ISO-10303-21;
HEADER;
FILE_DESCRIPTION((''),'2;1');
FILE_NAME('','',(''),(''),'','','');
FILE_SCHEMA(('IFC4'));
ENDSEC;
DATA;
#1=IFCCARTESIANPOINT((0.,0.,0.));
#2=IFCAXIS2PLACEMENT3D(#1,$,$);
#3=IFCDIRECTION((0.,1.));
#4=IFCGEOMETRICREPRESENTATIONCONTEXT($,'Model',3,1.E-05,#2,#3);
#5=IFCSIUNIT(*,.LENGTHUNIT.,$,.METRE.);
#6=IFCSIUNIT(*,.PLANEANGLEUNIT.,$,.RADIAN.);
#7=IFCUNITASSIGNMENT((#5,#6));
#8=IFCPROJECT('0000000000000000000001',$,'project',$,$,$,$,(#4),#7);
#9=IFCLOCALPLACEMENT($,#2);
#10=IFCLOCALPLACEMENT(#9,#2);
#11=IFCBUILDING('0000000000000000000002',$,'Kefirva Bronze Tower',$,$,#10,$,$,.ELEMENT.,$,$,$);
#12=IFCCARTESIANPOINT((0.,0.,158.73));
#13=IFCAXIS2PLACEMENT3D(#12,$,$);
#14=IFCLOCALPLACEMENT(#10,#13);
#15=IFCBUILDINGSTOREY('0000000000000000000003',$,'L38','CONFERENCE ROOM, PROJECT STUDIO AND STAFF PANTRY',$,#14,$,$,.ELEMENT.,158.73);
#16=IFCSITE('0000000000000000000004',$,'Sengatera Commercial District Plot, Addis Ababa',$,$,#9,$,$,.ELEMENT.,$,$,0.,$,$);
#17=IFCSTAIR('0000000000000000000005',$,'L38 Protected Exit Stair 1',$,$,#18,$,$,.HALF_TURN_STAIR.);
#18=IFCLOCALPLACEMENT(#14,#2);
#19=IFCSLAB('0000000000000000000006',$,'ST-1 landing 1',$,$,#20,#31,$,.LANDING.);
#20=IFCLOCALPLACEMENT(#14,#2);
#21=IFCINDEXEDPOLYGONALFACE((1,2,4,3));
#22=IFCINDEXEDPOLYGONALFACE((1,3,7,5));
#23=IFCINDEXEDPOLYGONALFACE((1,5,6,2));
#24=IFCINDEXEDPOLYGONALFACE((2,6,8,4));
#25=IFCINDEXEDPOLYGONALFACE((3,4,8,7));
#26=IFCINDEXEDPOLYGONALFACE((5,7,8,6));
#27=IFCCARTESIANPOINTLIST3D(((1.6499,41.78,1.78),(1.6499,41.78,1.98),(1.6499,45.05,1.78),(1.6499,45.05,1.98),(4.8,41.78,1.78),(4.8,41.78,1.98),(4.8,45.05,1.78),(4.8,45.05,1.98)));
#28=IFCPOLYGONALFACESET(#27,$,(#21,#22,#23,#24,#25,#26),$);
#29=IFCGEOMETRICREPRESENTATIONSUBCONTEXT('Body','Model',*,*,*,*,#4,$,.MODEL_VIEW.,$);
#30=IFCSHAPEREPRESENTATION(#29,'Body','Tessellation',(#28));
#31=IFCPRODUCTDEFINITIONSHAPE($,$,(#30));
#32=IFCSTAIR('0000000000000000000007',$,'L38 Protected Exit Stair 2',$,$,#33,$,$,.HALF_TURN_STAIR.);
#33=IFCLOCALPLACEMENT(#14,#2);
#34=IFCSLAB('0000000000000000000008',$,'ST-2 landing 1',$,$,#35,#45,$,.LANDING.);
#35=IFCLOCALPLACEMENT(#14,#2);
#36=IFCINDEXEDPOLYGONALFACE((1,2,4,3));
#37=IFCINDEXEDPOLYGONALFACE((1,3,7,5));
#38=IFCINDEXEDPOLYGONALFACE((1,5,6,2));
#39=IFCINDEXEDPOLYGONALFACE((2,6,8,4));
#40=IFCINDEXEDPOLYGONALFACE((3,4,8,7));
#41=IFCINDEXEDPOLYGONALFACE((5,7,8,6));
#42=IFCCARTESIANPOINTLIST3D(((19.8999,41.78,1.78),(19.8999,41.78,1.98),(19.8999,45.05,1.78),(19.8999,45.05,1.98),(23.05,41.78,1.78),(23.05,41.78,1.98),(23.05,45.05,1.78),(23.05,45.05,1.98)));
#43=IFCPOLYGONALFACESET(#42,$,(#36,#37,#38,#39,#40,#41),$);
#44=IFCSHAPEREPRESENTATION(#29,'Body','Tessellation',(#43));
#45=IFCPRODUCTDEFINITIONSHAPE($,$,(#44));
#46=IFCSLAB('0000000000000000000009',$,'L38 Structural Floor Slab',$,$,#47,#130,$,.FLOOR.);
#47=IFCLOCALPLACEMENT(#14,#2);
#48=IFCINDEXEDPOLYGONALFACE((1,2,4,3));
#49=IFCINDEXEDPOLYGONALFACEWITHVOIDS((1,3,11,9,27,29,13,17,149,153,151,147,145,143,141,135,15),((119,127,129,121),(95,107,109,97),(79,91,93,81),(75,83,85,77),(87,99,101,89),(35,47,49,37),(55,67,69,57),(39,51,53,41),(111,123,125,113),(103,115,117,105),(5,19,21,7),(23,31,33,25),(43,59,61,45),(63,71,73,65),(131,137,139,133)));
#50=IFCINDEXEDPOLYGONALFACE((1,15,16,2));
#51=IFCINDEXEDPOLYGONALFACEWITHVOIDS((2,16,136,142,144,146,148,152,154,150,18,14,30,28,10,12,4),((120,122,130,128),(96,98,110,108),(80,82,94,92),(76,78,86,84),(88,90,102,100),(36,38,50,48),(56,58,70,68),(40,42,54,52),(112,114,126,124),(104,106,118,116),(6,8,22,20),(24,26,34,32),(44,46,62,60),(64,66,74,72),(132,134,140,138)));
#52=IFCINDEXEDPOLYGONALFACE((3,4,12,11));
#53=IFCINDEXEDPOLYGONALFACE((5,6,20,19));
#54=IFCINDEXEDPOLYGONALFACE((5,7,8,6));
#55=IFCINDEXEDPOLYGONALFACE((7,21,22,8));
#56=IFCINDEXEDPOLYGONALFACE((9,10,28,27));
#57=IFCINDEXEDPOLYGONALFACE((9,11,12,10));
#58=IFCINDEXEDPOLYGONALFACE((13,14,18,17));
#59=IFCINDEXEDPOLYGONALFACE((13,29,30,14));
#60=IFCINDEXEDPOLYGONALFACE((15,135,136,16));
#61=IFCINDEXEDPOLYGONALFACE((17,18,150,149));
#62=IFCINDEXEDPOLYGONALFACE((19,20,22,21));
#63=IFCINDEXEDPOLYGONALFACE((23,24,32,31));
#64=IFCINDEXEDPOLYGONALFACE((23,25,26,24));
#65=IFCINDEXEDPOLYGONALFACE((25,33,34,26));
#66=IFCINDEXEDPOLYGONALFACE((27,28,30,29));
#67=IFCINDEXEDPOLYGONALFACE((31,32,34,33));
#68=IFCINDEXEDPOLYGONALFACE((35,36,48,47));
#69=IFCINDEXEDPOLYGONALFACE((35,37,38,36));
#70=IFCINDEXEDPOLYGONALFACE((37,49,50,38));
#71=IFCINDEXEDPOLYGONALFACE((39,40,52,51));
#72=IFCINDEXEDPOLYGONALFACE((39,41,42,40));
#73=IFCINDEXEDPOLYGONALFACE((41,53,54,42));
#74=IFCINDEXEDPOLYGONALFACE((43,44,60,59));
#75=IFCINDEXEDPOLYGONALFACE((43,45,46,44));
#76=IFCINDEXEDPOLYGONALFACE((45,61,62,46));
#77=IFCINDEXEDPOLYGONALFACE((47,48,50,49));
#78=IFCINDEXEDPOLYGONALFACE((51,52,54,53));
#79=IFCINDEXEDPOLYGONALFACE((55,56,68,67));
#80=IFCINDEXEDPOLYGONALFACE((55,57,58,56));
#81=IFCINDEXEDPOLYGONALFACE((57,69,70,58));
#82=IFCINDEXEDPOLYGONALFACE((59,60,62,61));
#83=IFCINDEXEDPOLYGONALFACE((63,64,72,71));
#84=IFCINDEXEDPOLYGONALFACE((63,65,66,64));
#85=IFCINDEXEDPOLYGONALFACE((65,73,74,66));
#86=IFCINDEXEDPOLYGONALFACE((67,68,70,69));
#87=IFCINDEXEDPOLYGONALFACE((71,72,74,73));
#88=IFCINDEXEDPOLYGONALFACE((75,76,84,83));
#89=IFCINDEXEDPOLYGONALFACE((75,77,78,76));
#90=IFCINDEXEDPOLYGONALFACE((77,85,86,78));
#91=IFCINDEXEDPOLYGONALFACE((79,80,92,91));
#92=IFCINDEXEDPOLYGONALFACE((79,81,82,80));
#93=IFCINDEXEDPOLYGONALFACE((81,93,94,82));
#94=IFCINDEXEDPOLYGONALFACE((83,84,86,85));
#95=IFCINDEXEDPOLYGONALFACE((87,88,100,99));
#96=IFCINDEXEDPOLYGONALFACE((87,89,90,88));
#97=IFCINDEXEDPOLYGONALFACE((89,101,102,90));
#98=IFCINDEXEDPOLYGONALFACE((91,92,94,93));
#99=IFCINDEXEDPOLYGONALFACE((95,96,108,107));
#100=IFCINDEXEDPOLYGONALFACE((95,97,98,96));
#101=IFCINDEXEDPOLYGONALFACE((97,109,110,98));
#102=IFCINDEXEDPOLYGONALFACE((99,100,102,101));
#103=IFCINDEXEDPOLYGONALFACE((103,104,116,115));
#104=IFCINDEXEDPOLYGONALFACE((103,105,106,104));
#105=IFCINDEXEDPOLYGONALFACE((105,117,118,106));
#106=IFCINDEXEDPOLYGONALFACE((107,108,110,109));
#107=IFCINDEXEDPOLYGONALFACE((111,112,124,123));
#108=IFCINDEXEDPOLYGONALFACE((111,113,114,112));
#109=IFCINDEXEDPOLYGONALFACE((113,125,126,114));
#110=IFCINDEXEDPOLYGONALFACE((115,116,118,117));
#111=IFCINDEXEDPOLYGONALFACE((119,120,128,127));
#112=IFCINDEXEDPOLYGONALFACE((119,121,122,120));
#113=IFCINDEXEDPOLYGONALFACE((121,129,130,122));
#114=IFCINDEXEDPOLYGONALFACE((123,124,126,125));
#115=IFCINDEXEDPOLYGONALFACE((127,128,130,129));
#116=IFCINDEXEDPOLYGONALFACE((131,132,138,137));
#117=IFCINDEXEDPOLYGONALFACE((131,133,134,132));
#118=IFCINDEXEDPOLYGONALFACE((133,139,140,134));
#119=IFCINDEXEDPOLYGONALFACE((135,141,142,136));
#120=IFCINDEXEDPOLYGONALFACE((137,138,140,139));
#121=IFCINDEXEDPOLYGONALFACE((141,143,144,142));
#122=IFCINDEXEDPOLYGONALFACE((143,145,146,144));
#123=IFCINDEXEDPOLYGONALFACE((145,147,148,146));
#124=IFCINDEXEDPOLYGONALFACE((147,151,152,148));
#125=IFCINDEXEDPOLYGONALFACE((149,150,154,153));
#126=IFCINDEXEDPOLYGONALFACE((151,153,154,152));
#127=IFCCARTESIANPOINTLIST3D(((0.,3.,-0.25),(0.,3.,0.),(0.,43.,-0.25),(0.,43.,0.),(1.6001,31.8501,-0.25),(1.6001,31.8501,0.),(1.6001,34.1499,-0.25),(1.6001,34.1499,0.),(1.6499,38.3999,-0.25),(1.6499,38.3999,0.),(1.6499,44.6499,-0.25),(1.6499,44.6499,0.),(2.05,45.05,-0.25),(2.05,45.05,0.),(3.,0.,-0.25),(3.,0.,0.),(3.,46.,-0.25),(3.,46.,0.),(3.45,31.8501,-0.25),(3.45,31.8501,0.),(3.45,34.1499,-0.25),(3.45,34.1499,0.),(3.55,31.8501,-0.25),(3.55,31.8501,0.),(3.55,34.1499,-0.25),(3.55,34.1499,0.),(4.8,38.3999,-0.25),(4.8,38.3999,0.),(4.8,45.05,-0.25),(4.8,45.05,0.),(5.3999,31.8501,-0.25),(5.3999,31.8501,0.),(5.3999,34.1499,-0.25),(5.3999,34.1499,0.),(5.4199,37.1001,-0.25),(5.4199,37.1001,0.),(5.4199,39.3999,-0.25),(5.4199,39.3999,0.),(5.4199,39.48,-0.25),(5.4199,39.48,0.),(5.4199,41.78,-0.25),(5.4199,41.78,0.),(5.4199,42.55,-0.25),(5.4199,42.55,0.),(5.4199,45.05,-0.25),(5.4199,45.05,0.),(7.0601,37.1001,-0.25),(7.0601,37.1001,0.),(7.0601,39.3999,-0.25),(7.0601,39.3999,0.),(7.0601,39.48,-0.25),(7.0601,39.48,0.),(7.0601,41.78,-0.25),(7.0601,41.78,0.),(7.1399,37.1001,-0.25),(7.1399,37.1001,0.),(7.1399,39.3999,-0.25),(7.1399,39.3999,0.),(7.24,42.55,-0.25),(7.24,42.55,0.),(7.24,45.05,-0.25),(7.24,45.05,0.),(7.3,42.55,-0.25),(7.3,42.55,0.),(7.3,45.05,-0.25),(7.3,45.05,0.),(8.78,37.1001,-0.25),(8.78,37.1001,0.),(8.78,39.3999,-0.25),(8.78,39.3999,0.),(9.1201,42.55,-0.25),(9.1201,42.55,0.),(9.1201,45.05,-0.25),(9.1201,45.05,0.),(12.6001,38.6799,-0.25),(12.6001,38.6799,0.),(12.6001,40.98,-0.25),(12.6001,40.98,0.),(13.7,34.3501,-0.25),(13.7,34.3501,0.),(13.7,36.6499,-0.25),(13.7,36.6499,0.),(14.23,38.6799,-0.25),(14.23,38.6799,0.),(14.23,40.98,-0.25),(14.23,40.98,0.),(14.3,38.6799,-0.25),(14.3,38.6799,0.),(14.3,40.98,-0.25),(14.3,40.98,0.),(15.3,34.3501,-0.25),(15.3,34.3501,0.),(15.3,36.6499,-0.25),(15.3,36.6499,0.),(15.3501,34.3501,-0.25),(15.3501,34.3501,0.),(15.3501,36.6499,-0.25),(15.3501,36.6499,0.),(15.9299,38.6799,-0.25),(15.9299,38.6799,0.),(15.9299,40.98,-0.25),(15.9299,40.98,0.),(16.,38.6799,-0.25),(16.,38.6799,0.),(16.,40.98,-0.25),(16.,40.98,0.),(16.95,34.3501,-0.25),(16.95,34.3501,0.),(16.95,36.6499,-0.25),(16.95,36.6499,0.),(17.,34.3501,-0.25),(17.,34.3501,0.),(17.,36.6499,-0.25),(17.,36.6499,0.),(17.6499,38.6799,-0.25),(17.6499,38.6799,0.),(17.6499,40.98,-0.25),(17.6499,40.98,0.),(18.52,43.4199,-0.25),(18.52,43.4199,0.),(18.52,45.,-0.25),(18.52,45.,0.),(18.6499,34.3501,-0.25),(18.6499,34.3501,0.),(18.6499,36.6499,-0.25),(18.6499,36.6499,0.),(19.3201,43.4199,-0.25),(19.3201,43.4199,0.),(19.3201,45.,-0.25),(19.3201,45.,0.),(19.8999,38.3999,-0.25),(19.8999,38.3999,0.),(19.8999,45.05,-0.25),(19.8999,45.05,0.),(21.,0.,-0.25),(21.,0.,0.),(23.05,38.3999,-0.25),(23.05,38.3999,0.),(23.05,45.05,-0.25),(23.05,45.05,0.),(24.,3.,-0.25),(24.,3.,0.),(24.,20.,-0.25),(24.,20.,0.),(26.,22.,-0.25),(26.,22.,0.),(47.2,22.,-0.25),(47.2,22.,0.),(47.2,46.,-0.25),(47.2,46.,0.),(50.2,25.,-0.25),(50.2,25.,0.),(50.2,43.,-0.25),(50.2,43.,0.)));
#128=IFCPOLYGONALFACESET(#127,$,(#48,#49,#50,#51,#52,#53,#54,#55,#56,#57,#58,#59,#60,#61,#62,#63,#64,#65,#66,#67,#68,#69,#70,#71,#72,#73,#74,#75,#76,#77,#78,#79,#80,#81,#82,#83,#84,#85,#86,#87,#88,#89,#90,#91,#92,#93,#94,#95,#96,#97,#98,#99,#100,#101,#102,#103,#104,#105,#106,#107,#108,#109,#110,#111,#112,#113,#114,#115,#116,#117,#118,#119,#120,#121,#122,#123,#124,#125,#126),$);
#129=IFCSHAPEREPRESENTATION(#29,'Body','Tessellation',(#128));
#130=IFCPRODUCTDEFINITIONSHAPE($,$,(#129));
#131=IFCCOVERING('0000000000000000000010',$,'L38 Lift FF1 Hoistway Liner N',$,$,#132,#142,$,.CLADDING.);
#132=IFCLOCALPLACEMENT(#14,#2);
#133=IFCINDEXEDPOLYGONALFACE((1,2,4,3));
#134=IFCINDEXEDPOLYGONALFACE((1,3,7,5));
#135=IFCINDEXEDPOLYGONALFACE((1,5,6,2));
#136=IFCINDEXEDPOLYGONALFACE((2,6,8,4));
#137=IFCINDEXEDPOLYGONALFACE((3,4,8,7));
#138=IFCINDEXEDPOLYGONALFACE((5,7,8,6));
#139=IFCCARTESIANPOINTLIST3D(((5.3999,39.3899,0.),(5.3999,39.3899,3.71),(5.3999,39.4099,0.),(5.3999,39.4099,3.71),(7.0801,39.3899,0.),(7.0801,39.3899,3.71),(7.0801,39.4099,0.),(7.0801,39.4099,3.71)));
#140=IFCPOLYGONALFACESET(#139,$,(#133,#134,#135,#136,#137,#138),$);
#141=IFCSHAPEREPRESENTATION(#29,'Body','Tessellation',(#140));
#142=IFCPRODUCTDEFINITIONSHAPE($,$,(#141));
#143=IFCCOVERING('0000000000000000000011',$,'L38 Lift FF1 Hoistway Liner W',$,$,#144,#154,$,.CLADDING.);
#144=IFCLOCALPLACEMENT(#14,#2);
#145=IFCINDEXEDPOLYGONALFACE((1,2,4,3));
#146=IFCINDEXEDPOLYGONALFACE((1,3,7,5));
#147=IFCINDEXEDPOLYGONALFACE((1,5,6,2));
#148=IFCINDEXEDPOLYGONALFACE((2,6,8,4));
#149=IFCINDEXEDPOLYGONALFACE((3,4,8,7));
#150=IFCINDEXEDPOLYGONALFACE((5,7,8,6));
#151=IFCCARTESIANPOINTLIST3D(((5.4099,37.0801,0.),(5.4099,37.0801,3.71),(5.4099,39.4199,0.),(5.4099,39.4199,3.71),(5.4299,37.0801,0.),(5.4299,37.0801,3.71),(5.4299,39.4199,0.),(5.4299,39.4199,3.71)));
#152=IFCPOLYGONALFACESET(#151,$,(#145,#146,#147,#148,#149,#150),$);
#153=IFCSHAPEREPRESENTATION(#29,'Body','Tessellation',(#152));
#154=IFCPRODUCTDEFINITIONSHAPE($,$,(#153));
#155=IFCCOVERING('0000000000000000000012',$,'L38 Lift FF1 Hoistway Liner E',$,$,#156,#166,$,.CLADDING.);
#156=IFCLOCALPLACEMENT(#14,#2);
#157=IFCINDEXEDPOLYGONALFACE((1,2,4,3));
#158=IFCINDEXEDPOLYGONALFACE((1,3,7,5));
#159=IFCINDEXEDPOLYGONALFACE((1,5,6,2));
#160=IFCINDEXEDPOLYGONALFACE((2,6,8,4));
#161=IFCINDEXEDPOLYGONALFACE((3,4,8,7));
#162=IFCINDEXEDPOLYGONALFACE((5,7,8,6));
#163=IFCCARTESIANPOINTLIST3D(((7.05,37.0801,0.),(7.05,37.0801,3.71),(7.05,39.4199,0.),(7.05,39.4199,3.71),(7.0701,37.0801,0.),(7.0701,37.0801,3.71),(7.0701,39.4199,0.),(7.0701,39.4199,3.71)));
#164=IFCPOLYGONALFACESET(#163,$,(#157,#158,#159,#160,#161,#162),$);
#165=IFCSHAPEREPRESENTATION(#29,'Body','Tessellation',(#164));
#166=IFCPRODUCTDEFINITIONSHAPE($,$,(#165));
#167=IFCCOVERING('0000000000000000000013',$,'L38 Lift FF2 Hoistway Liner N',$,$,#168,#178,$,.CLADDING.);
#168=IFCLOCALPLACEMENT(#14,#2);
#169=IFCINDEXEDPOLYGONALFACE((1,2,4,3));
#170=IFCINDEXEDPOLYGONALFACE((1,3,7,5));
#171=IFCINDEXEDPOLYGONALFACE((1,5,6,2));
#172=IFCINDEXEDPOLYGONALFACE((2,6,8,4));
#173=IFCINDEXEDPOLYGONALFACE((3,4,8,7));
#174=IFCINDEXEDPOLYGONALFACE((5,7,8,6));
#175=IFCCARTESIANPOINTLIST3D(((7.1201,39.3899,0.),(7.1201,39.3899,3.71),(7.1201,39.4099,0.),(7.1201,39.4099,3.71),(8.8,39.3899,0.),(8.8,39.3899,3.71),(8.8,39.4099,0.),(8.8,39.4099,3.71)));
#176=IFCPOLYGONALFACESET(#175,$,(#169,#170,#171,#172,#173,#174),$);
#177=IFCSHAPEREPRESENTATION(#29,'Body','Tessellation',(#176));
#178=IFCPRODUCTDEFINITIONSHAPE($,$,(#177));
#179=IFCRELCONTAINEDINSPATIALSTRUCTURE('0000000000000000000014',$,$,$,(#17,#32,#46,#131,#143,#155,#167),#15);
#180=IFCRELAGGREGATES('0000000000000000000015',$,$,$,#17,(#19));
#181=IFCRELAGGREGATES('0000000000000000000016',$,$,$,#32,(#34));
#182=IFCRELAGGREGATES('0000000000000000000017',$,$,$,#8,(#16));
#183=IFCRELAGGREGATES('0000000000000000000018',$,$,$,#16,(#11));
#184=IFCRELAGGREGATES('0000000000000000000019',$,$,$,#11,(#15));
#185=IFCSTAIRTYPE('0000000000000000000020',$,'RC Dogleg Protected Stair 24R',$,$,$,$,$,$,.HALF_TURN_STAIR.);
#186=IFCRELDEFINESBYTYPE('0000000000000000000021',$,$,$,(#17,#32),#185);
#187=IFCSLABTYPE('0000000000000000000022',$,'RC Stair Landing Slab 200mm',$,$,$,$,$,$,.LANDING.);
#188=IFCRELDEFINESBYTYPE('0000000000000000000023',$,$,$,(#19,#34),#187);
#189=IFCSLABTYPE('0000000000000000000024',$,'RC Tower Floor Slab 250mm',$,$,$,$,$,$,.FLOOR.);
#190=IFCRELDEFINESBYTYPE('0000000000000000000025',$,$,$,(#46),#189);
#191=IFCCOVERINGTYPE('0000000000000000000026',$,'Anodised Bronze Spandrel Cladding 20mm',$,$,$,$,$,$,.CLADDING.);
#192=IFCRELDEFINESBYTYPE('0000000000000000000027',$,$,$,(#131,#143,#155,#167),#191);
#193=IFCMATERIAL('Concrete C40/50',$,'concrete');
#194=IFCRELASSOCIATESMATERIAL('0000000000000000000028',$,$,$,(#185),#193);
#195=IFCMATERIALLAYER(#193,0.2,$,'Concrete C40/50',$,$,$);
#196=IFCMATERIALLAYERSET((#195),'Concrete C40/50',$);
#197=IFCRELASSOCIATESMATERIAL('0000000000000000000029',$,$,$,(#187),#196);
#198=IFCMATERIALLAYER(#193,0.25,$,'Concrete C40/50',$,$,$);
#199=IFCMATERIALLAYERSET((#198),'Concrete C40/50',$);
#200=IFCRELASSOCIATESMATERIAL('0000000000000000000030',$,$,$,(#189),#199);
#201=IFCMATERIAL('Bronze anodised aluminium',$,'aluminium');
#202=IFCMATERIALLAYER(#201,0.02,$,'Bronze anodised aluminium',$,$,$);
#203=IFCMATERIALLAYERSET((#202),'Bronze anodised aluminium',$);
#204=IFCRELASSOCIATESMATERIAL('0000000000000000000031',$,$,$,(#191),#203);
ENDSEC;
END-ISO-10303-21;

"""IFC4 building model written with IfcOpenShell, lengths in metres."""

from ifc_helpers import new_model, si_unit, direction, frame, origin, place, context, subcontext, project, spatial, polyline, outline, extrude, material, layer, layer_set, type_object, element, aggregate, save


model = new_model("IFC4")

# Units and contexts
model_context = context("Model", 3, precision=1e-05, world=origin(), true_north=direction((0.0, 1.0)))
body_context = subcontext(model_context, "Body", "Model", "MODEL_VIEW")
ifc_project = project(units=[si_unit("LENGTHUNIT", "METRE"), si_unit("PLANEANGLEUNIT", "RADIAN")], contexts=[model_context])

# Site, building, storey
site_placement = place(None, origin())
site = spatial("IfcSite", under=ifc_project, at=site_placement, Name="Sengatera Commercial District Plot, Addis Ababa", CompositionType="ELEMENT", RefElevation=0.0)
building_placement = place(site_placement, origin())
building = spatial("IfcBuilding", under=site, at=building_placement, Name="Kefirva Bronze Tower", CompositionType="ELEMENT")
storey_placement = place(building_placement, frame((0.0, 0.0, 158.73)))
storey = spatial("IfcBuildingStorey", under=building, at=storey_placement, Name="L38", Description="CONFERENCE ROOM, PROJECT STUDIO AND STAFF PANTRY", CompositionType="ELEMENT", Elevation=158.73)

# Stairs, slabs
ifc_material_1 = material(Name="Concrete C40/50", Category="concrete")
stair_type = type_object("IfcStairType", Name="RC Dogleg Protected Stair 24R", PredefinedType="HALF_TURN_STAIR", material=ifc_material_1)
stair_1_placement = place(storey_placement, origin())
stair_1 = element("IfcStair", 1, at=stair_1_placement, inside=storey, type_object=stair_type, Name="L38 Protected Exit Stair 1", PredefinedType="HALF_TURN_STAIR")
ifc_layer_1 = layer(ifc_material_1, 0.2, Name="Concrete C40/50")
ifc_layer_set_1 = layer_set([ifc_layer_1], Name="Concrete C40/50")
slab_type_1 = type_object("IfcSlabType", Name="RC Stair Landing Slab 200mm", PredefinedType="LANDING", material=ifc_layer_set_1)
slab_1_placement = place(storey_placement, frame((0.0, 0.0, 1.78)))
slab_1 = element("IfcSlab", 2, at=slab_1_placement, type_object=slab_type_1, Name="ST-1 landing 1", PredefinedType="LANDING", context=body_context, shape_type="SweptSolid", body=[
    extrude(outline(polyline([(4.8, 41.78), (4.8, 45.05), (1.6499, 45.05), (1.6499, 41.78), (4.8, 41.78)])), origin(), (0.0, 0.0, 1.0), 0.2),
])
aggregate(stair_1, [slab_1])
stair_2_placement = place(storey_placement, origin())
stair_2 = element("IfcStair", 3, at=stair_2_placement, inside=storey, type_object=stair_type, Name="L38 Protected Exit Stair 2", PredefinedType="HALF_TURN_STAIR")
slab_2_placement = place(storey_placement, frame((0.0, 0.0, 1.78)))
slab_2 = element("IfcSlab", 4, at=slab_2_placement, type_object=slab_type_1, Name="ST-2 landing 1", PredefinedType="LANDING", context=body_context, shape_type="SweptSolid", body=[
    extrude(outline(polyline([(23.05, 41.78), (23.05, 45.05), (19.8999, 45.05), (19.8999, 41.78), (23.05, 41.78)])), origin(), (0.0, 0.0, 1.0), 0.2),
])
aggregate(stair_2, [slab_2])

# Slab
ifc_layer_2 = layer(ifc_material_1, 0.25, Name="Concrete C40/50")
ifc_layer_set_2 = layer_set([ifc_layer_2], Name="Concrete C40/50")
slab_type_2 = type_object("IfcSlabType", Name="RC Tower Floor Slab 250mm", PredefinedType="FLOOR", material=ifc_layer_set_2)
slab_3_placement = place(storey_placement, frame((0.0, 0.0, -0.25)))
element("IfcSlab", 5, at=slab_3_placement, inside=storey, type_object=slab_type_2, Name="L38 Structural Floor Slab", PredefinedType="FLOOR", context=body_context, shape_type="SweptSolid", body=[
    extrude(outline(polyline([(0.0, 3.0), (0.0, 43.0), (1.6499, 44.6499), (1.6499, 38.3999), (4.8, 38.3999), (4.8, 45.05), (2.05, 45.05), (3.0, 46.0), (47.2, 46.0), (50.2, 43.0), (50.2, 25.0), (47.2, 22.0), (26.0, 22.0), (24.0, 20.0), (24.0, 3.0), (21.0, 0.0), (3.0, 0.0), (0.0, 3.0)]), holes=[polyline([(23.05, 38.3999), (23.05, 45.05), (19.8999, 45.05), (19.8999, 38.3999), (23.05, 38.3999)]), polyline([(19.3201, 43.4199), (19.3201, 45.0), (18.52, 45.0), (18.52, 43.4199), (19.3201, 43.4199)]), polyline([(18.6499, 34.3501), (18.6499, 36.6499), (17.0, 36.6499), (17.0, 34.3501), (18.6499, 34.3501)]), polyline([(17.6499, 38.6799), (17.6499, 40.98), (16.0, 40.98), (16.0, 38.6799), (17.6499, 38.6799)]), polyline([(16.95, 34.3501), (16.95, 36.6499), (15.3501, 36.6499), (15.3501, 34.3501), (16.95, 34.3501)]), polyline([(15.9299, 38.6799), (15.9299, 40.98), (14.3, 40.98), (14.3, 38.6799), (15.9299, 38.6799)]), polyline([(15.3, 34.3501), (15.3, 36.6499), (13.7, 36.6499), (13.7, 34.3501), (15.3, 34.3501)]), polyline([(14.23, 38.6799), (14.23, 40.98), (12.6001, 40.98), (12.6001, 38.6799), (14.23, 38.6799)]), polyline([(9.1201, 42.55), (9.1201, 45.05), (7.3, 45.05), (7.3, 42.55), (9.1201, 42.55)]), polyline([(8.78, 37.1001), (8.78, 39.3999), (7.1399, 39.3999), (7.1399, 37.1001), (8.78, 37.1001)]), polyline([(7.24, 42.55), (7.24, 45.05), (5.4199, 45.05), (5.4199, 42.55), (7.24, 42.55)]), polyline([(7.0601, 37.1001), (7.0601, 39.3999), (5.4199, 39.3999), (5.4199, 37.1001), (7.0601, 37.1001)]), polyline([(7.0601, 39.48), (7.0601, 41.78), (5.4199, 41.78), (5.4199, 39.48), (7.0601, 39.48)]), polyline([(5.3999, 31.8501), (5.3999, 34.1499), (3.55, 34.1499), (3.55, 31.8501), (5.3999, 31.8501)]), polyline([(3.45, 31.8501), (3.45, 34.1499), (1.6001, 34.1499), (1.6001, 31.8501), (3.45, 31.8501)])]), origin(), (0.0, 0.0, 1.0), 0.25),
])

# Coverings
ifc_material_2 = material(Name="Bronze anodised aluminium", Category="aluminium")
ifc_layer_3 = layer(ifc_material_2, 0.02, Name="Bronze anodised aluminium")
ifc_layer_set_3 = layer_set([ifc_layer_3], Name="Bronze anodised aluminium")
covering_type = type_object("IfcCoveringType", Name="Anodised Bronze Spandrel Cladding 20mm", PredefinedType="CLADDING", material=ifc_layer_set_3)
covering_1_placement = place(storey_placement, origin())
element("IfcCovering", 6, at=covering_1_placement, inside=storey, type_object=covering_type, Name="L38 Lift FF1 Hoistway Liner N", PredefinedType="CLADDING", context=body_context, shape_type="SweptSolid", body=[
    extrude(outline(polyline([(5.3999, 39.3899), (7.0801, 39.3899), (7.0801, 39.4099), (5.3999, 39.4099), (5.3999, 39.3899)])), origin(), (0.0, 0.0, 1.0), 3.71),
])
covering_2_placement = place(storey_placement, origin())
element("IfcCovering", 7, at=covering_2_placement, inside=storey, type_object=covering_type, Name="L38 Lift FF1 Hoistway Liner W", PredefinedType="CLADDING", context=body_context, shape_type="SweptSolid", body=[
    extrude(outline(polyline([(5.4099, 37.0801), (5.4299, 37.0801), (5.4299, 39.4199), (5.4099, 39.4199), (5.4099, 37.0801)])), origin(), (0.0, 0.0, 1.0), 3.71),
])
covering_3_placement = place(storey_placement, origin())
element("IfcCovering", 8, at=covering_3_placement, inside=storey, type_object=covering_type, Name="L38 Lift FF1 Hoistway Liner E", PredefinedType="CLADDING", context=body_context, shape_type="SweptSolid", body=[
    extrude(outline(polyline([(7.05, 37.0801), (7.0701, 37.0801), (7.0701, 39.4199), (7.05, 39.4199), (7.05, 37.0801)])), origin(), (0.0, 0.0, 1.0), 3.71),
])
covering_4_placement = place(storey_placement, origin())
element("IfcCovering", 9, at=covering_4_placement, inside=storey, type_object=covering_type, Name="L38 Lift FF2 Hoistway Liner N", PredefinedType="CLADDING", context=body_context, shape_type="SweptSolid", body=[
    extrude(outline(polyline([(7.1201, 39.3899), (8.8, 39.3899), (8.8, 39.4099), (7.1201, 39.4099), (7.1201, 39.3899)])), origin(), (0.0, 0.0, 1.0), 3.71),
])

save(model, "model.ifc")
